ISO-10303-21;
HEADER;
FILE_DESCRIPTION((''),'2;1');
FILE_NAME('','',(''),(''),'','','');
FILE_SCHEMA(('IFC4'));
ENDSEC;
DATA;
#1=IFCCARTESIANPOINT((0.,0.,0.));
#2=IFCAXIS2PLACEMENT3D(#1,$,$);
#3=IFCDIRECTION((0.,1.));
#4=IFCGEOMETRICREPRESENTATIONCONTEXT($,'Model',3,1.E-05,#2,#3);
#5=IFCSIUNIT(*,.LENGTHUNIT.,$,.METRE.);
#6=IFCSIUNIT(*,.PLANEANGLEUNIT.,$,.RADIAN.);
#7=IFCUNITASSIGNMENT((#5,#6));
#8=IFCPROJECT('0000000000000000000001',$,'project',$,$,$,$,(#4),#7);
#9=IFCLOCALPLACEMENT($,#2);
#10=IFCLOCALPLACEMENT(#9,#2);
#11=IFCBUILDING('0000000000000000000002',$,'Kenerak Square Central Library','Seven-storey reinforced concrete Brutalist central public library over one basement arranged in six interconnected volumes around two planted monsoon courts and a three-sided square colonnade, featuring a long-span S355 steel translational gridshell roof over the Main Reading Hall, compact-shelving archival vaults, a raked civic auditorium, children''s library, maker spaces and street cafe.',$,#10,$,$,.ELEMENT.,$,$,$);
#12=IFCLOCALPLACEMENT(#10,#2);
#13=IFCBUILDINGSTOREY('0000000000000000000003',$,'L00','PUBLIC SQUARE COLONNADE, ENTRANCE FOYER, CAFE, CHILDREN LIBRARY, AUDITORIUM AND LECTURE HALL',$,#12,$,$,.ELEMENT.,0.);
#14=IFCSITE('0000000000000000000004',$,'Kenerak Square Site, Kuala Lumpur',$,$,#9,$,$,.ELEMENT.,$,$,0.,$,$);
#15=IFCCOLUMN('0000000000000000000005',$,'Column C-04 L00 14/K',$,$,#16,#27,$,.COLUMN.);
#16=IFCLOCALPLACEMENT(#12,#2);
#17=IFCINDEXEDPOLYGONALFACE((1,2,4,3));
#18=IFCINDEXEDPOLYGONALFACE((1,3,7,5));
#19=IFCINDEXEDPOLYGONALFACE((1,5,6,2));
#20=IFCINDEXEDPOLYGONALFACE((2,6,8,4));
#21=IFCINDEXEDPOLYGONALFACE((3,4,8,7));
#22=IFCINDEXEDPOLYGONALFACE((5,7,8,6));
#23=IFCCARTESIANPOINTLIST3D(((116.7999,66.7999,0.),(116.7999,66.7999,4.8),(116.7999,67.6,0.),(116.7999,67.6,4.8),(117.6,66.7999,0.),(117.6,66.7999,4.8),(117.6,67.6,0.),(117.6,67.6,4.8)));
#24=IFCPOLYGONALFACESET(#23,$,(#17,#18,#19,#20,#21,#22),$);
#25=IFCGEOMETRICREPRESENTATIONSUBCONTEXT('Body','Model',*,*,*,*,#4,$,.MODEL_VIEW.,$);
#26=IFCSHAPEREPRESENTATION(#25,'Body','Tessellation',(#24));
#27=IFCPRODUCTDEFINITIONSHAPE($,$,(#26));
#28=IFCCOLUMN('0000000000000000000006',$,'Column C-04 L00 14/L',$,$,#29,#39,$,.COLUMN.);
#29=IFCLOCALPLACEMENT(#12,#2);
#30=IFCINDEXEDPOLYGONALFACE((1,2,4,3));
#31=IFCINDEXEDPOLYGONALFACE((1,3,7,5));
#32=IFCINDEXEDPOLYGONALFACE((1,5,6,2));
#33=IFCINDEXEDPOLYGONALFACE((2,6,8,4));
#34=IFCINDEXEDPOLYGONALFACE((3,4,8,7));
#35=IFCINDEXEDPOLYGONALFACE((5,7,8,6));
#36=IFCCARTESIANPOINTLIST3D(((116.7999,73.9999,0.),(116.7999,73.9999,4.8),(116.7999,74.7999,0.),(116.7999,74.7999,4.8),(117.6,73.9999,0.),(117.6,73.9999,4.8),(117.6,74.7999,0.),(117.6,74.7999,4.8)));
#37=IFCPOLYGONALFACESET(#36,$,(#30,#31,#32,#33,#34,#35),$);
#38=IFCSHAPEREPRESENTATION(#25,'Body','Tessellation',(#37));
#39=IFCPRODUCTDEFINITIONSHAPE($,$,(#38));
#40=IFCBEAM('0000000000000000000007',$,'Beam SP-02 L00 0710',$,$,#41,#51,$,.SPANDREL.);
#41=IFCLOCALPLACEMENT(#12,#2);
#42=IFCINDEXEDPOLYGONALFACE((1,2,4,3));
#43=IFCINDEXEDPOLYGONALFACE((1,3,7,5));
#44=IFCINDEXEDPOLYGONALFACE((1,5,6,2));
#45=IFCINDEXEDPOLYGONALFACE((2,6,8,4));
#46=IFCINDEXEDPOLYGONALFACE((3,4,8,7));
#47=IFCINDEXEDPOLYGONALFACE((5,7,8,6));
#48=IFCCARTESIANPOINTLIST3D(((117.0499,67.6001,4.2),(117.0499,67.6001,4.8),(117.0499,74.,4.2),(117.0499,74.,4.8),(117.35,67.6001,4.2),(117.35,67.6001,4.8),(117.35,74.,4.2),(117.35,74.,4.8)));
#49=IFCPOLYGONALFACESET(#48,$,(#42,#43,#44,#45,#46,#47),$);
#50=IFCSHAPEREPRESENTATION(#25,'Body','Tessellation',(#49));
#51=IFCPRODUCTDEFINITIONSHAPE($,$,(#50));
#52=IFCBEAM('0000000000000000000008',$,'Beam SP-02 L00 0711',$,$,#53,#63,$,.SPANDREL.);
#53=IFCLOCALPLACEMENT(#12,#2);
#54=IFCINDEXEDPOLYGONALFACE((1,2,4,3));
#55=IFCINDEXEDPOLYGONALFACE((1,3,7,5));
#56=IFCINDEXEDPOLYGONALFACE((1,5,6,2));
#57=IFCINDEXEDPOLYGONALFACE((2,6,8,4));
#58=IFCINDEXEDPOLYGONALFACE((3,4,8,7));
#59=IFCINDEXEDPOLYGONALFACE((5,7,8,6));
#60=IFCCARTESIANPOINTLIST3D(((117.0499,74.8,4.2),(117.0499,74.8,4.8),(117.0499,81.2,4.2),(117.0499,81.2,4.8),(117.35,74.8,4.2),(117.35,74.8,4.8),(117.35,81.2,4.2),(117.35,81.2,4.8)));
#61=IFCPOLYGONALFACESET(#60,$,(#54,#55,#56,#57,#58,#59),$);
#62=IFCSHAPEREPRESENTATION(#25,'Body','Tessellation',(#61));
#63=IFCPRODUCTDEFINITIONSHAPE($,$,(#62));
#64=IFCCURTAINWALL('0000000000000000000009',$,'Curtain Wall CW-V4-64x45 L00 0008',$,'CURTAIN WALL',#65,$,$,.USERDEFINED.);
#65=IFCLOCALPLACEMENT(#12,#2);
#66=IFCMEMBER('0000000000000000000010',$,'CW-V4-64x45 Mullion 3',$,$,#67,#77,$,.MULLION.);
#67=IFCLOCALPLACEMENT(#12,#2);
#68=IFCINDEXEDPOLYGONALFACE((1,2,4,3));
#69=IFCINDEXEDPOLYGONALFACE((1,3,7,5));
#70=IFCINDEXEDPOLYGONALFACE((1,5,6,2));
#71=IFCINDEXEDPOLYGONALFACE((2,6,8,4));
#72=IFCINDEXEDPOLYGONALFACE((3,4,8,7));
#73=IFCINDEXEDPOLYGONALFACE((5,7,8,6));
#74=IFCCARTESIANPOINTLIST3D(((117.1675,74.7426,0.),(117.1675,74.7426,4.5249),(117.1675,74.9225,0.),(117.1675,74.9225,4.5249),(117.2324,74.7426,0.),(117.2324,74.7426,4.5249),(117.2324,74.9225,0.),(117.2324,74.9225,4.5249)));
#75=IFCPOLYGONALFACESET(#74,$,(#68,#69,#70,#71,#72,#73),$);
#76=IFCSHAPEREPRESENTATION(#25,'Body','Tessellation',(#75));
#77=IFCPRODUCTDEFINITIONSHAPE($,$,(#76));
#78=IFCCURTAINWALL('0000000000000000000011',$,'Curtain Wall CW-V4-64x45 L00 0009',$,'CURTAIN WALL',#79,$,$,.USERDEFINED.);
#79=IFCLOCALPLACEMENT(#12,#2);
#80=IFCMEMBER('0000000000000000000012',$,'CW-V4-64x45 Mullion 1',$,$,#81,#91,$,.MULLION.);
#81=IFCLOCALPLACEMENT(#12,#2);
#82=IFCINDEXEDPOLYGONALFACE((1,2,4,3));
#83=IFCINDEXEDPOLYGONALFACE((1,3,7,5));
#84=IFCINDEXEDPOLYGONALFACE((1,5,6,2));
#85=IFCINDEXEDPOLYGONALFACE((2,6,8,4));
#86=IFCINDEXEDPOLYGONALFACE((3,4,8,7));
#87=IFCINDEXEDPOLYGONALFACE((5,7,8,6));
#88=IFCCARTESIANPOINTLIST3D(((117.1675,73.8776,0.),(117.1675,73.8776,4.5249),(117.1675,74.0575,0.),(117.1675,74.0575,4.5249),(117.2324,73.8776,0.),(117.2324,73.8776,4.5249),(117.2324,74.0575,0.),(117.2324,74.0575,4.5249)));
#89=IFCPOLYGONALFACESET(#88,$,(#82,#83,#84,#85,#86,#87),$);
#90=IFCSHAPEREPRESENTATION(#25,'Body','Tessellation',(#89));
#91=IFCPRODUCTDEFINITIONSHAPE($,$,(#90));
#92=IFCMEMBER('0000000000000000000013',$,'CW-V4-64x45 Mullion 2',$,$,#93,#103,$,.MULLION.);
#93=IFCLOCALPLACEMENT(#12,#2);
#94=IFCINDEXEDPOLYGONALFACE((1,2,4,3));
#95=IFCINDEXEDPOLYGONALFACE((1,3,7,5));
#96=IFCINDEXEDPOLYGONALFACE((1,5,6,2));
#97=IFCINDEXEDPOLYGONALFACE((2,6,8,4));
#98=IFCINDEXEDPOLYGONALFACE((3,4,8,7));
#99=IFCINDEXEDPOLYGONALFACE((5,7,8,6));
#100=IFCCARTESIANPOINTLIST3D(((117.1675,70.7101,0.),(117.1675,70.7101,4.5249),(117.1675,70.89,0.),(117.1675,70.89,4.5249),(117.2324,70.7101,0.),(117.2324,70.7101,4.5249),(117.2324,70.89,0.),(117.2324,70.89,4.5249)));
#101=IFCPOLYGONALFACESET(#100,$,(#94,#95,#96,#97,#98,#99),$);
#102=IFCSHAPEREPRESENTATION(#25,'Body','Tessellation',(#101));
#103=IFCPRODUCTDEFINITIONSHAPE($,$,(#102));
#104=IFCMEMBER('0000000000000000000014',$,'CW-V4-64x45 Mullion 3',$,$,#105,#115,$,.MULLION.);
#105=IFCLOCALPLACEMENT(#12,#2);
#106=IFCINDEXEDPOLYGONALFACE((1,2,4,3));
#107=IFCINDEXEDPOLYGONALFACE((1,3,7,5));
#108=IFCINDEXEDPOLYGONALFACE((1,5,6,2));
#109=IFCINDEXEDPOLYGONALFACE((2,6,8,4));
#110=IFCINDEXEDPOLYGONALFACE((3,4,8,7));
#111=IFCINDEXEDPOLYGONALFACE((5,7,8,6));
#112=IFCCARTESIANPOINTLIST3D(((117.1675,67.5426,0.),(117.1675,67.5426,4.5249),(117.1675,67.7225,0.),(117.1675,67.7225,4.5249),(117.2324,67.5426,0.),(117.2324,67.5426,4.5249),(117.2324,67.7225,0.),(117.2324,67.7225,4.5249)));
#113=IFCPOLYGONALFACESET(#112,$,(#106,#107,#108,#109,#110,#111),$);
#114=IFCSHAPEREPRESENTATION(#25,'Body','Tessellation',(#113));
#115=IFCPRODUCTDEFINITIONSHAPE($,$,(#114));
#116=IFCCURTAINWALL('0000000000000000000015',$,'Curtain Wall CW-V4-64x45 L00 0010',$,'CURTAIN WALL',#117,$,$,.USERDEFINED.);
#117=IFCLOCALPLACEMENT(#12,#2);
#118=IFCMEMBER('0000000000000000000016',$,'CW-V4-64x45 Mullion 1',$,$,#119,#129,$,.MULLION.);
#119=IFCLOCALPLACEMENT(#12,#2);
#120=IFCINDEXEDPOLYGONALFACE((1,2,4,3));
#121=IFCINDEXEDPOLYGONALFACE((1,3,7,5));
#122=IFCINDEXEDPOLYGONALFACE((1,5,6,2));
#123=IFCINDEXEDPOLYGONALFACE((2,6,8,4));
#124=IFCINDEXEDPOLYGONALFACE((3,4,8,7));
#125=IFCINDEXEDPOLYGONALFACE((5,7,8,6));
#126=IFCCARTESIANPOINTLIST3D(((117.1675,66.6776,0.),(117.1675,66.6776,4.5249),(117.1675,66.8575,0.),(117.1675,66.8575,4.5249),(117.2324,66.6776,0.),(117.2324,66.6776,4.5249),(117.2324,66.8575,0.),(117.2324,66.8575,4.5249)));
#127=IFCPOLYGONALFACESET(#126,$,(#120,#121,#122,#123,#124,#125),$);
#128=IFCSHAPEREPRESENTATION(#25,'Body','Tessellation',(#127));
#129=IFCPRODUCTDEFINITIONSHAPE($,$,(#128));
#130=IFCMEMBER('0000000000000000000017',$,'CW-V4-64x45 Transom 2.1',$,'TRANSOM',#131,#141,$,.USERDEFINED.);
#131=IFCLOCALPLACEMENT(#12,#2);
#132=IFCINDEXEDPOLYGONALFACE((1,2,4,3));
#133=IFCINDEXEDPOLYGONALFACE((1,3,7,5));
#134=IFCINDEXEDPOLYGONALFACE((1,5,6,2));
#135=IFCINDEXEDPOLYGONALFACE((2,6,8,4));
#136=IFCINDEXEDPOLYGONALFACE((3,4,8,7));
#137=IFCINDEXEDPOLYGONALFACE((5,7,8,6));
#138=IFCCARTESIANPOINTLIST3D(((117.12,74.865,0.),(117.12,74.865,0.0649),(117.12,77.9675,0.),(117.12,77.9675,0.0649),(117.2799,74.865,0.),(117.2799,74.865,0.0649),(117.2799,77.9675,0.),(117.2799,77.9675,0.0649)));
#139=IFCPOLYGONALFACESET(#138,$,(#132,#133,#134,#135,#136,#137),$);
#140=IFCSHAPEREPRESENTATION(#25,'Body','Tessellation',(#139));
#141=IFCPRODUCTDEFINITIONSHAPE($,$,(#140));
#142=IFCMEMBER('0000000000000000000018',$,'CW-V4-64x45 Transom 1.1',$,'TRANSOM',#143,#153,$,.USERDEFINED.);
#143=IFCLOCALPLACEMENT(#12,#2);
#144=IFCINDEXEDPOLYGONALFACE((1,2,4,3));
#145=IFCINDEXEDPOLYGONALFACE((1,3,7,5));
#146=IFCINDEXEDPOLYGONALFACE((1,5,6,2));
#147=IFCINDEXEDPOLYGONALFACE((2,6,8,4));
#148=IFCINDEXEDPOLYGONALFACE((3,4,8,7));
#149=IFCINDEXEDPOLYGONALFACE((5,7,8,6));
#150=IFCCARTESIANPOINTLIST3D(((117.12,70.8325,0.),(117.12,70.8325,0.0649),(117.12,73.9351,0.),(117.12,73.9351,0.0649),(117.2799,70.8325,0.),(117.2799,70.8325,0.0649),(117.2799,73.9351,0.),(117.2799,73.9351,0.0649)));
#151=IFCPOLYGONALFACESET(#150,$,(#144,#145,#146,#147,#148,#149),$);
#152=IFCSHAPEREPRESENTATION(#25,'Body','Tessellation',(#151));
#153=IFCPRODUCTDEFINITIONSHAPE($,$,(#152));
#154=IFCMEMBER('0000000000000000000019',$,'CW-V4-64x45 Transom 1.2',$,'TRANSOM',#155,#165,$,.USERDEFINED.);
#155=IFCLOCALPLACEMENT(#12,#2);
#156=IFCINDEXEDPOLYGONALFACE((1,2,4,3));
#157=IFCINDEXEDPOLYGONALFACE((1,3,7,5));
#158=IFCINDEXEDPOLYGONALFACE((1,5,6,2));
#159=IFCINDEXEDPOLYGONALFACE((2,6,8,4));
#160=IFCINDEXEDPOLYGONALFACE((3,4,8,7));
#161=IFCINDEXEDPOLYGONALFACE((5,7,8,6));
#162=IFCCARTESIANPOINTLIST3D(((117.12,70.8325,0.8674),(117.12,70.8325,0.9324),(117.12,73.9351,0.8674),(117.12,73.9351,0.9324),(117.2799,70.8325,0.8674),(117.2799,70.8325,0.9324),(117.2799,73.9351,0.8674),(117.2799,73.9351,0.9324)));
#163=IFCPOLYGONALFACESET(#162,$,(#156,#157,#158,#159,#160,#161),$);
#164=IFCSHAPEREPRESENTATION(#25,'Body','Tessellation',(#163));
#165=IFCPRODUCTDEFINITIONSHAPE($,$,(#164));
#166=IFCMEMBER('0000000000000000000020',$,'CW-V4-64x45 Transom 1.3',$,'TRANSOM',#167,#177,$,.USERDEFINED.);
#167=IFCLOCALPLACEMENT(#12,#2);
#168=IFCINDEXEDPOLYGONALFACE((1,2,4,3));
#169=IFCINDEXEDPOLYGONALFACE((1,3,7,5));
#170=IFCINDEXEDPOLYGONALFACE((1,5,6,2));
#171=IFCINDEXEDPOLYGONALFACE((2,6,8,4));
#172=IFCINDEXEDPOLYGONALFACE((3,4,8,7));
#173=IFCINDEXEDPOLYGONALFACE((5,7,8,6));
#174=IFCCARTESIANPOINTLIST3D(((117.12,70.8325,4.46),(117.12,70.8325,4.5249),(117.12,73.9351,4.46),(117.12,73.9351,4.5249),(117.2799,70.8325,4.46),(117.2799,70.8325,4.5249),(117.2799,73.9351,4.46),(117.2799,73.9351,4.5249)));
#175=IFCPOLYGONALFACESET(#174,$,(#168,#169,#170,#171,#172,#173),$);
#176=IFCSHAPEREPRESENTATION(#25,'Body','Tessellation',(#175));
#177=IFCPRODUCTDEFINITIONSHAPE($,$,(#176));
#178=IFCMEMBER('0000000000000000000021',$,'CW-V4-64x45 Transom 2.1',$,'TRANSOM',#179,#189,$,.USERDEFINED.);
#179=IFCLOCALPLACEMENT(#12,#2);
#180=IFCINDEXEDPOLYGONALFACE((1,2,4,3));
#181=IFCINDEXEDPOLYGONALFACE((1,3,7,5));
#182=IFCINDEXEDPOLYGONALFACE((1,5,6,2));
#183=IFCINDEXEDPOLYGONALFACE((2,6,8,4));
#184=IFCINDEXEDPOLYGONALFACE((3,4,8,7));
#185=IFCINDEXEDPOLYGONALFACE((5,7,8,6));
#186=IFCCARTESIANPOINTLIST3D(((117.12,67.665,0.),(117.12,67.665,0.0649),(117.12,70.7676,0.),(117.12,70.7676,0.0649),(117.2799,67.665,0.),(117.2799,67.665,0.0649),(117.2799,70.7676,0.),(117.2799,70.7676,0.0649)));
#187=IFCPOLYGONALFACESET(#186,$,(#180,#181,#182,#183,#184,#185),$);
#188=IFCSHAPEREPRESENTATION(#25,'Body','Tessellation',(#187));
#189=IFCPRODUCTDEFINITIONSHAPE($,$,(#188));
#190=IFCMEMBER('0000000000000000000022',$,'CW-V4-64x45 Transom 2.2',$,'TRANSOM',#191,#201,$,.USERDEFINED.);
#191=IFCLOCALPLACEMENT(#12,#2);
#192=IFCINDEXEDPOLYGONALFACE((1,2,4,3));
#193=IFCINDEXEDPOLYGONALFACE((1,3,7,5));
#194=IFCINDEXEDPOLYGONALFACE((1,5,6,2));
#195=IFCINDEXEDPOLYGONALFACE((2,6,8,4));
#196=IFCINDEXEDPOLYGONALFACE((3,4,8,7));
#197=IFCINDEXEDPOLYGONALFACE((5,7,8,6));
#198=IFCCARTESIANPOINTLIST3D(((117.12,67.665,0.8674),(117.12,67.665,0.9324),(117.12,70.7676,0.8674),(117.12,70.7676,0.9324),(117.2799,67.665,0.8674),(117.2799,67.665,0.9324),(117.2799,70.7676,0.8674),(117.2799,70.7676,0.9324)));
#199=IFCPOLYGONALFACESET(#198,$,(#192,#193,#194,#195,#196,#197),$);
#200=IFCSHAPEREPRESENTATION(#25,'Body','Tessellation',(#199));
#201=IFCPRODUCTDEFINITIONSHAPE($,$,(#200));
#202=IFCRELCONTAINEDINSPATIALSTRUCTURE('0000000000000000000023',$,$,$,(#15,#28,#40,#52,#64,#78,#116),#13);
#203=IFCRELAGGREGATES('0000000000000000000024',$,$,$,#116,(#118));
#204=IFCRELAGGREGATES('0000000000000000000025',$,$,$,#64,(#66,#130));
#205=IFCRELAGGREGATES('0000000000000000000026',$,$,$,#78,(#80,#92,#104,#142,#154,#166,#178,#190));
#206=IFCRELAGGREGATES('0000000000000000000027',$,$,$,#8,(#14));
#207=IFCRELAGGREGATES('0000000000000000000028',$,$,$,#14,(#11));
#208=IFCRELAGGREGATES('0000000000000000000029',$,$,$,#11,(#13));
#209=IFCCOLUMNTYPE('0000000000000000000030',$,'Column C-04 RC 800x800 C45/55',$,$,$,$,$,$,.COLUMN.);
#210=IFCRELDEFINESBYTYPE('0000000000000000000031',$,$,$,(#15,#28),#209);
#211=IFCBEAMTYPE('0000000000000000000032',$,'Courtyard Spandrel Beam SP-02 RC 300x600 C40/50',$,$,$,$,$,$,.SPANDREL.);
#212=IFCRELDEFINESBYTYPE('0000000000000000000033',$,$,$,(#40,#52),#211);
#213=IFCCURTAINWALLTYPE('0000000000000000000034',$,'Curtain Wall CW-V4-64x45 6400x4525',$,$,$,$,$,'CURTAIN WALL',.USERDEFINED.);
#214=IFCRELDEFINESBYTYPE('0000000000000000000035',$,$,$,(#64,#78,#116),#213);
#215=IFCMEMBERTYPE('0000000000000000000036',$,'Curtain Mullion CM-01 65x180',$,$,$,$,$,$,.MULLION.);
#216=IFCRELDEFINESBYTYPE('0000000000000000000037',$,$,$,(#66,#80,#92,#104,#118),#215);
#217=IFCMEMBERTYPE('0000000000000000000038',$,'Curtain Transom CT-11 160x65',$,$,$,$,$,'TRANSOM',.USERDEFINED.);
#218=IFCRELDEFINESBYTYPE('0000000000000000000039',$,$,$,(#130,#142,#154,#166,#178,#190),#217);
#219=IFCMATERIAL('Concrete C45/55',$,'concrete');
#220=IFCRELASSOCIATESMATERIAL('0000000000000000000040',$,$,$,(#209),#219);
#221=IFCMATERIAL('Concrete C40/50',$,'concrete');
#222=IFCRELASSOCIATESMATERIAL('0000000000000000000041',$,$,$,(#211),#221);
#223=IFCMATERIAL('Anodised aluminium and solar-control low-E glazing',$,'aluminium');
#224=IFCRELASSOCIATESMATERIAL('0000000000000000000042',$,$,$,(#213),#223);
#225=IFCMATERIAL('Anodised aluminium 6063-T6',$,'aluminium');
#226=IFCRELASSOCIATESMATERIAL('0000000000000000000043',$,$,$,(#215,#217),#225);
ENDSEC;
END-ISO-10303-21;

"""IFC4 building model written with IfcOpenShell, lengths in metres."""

from ifc_helpers import new_model, si_unit, direction, frame, origin, origin_2d, place, context, subcontext, project, spatial, rectangle, extrude, material, material_profile, profile_set, type_object, element, aggregate, save


model = new_model("IFC4")

# Units and contexts
model_context = context("Model", 3, precision=1e-05, world=origin(), true_north=direction((0.0, 1.0)))
body_context = subcontext(model_context, "Body", "Model", "MODEL_VIEW")
ifc_project = project(units=[si_unit("LENGTHUNIT", "METRE"), si_unit("PLANEANGLEUNIT", "RADIAN")], contexts=[model_context])

# Site, building, storey
site_placement = place(None, origin())
site = spatial("IfcSite", under=ifc_project, at=site_placement, Name="Kenerak Square Site, Kuala Lumpur", CompositionType="ELEMENT", RefElevation=0.0)
building_placement = place(site_placement, origin())
building = spatial("IfcBuilding", under=site, at=building_placement, Name="Kenerak Square Central Library", Description="Seven-storey reinforced concrete Brutalist central public library over one basement arranged in six interconnected volumes around two planted monsoon courts and a three-sided square colonnade, featuring a long-span S355 steel translational gridshell roof over the Main Reading Hall, compact-shelving archival vaults, a raked civic auditorium, children's library, maker spaces and street cafe.", CompositionType="ELEMENT")
storey_placement = place(building_placement, origin())
storey = spatial("IfcBuildingStorey", under=building, at=storey_placement, Name="L00", Description="PUBLIC SQUARE COLONNADE, ENTRANCE FOYER, CAFE, CHILDREN LIBRARY, AUDITORIUM AND LECTURE HALL", CompositionType="ELEMENT", Elevation=0.0)

# Columns
ifc_material_1 = material(Name="Concrete C45/55", Category="concrete")
ifc_material_profile_1 = material_profile(ifc_material_1, rectangle(XDim=0.8, YDim=0.8, at=origin_2d()), Name="RC 800x800")
ifc_profile_set_1 = profile_set([ifc_material_profile_1], Name="Concrete C45/55")
column_type = type_object("IfcColumnType", Name="Column C-04 RC 800x800 C45/55", PredefinedType="COLUMN", material=ifc_profile_set_1)
for number, where, z_axis, x_axis, name in (
    (1, (117.2, 67.2, 0.0), (0.0, 0.0, 1.0), (1.0, 0.0, 0.0), "Column C-04 L00 14/K"),
    (2, (117.2, 74.3999, 0.0), (0.0, 0.0, 1.0), (1.0, 0.0, 0.0), "Column C-04 L00 14/L"),
):
    element("IfcColumn", number, at=place(storey_placement, frame(where, z_axis=z_axis, x_axis=x_axis)), inside=storey, type_object=column_type, Name=name, PredefinedType="COLUMN", context=body_context, shape_type="SweptSolid", body=[
        extrude(rectangle(XDim=0.8, YDim=0.8, at=origin_2d()), origin(), (0.0, 0.0, 1.0), 4.8),
    ])

# Beams
ifc_material_2 = material(Name="Concrete C40/50", Category="concrete")
ifc_material_profile_2 = material_profile(ifc_material_2, rectangle(XDim=0.3, YDim=0.6001, at=origin_2d()), Name="RC 300x600")
ifc_profile_set_2 = profile_set([ifc_material_profile_2], Name="Concrete C40/50")
beam_type = type_object("IfcBeamType", Name="Courtyard Spandrel Beam SP-02 RC 300x600 C40/50", PredefinedType="SPANDREL", material=ifc_profile_set_2)
for number, where, z_axis, x_axis, name in (
    (3, (117.2, 67.6001, 4.5), (0.0, 1.0, 0.0), (-1.0, 0.0, 0.0), "Beam SP-02 L00 0710"),
    (4, (117.2, 74.8, 4.5), (0.0, 1.0, 0.0), (-1.0, 0.0, 0.0), "Beam SP-02 L00 0711"),
):
    element("IfcBeam", number, at=place(storey_placement, frame(where, z_axis=z_axis, x_axis=x_axis)), inside=storey, type_object=beam_type, Name=name, PredefinedType="SPANDREL", context=body_context, shape_type="SweptSolid", body=[
        extrude(rectangle(XDim=0.3, YDim=0.6001, at=origin_2d()), origin(), (0.0, 0.0, 1.0), 6.3999),
    ])

# Curtain wall, member
ifc_material_3 = material(Name="Anodised aluminium and solar-control low-E glazing", Category="aluminium")
curtain_wall_type = type_object("IfcCurtainWallType", Name="Curtain Wall CW-V4-64x45 6400x4525", ElementType="CURTAIN WALL", PredefinedType="USERDEFINED", material=ifc_material_3)
curtain_wall_1_placement = place(storey_placement, origin())
curtain_wall_1 = element("IfcCurtainWall", 5, at=curtain_wall_1_placement, inside=storey, type_object=curtain_wall_type, Name="Curtain Wall CW-V4-64x45 L00 0008", ObjectType="CURTAIN WALL", PredefinedType="USERDEFINED")
ifc_material_4 = material(Name="Anodised aluminium 6063-T6", Category="aluminium")
ifc_material_profile_3 = material_profile(ifc_material_4, rectangle(XDim=0.0649, YDim=0.1799, at=origin_2d()), Name="AL MULLION 65x180")
ifc_profile_set_3 = profile_set([ifc_material_profile_3], Name="Anodised aluminium 6063-T6")
member_type_1 = type_object("IfcMemberType", Name="Curtain Mullion CM-01 65x180", PredefinedType="MULLION", material=ifc_profile_set_3)
member_1_placement = place(storey_placement, frame((117.2, 74.8325, 0.0), z_axis=(0.0, 0.0, 1.0), x_axis=(1.0, 0.0, 0.0)))
member_1 = element("IfcMember", 6, at=member_1_placement, type_object=member_type_1, Name="CW-V4-64x45 Mullion 3", PredefinedType="MULLION", context=body_context, shape_type="SweptSolid", body=[
    extrude(rectangle(XDim=0.0649, YDim=0.1799, at=origin_2d()), origin(), (0.0, 0.0, 1.0), 4.5249),
])

# Curtain wall, members
curtain_wall_2_placement = place(storey_placement, origin())
curtain_wall_2 = element("IfcCurtainWall", 7, at=curtain_wall_2_placement, inside=storey, type_object=curtain_wall_type, Name="Curtain Wall CW-V4-64x45 L00 0009", ObjectType="CURTAIN WALL", PredefinedType="USERDEFINED")
member_2_placement = place(storey_placement, frame((117.2, 73.9675, 0.0), z_axis=(0.0, 0.0, 1.0), x_axis=(1.0, 0.0, 0.0)))
member_2 = element("IfcMember", 8, at=member_2_placement, type_object=member_type_1, Name="CW-V4-64x45 Mullion 1", PredefinedType="MULLION", context=body_context, shape_type="SweptSolid", body=[
    extrude(rectangle(XDim=0.0649, YDim=0.1799, at=origin_2d()), origin(), (0.0, 0.0, 1.0), 4.5249),
])
member_3_placement = place(storey_placement, frame((117.2, 70.8, 0.0), z_axis=(0.0, 0.0, 1.0), x_axis=(1.0, 0.0, 0.0)))
member_3 = element("IfcMember", 9, at=member_3_placement, type_object=member_type_1, Name="CW-V4-64x45 Mullion 2", PredefinedType="MULLION", context=body_context, shape_type="SweptSolid", body=[
    extrude(rectangle(XDim=0.0649, YDim=0.1799, at=origin_2d()), origin(), (0.0, 0.0, 1.0), 4.5249),
])
member_4_placement = place(storey_placement, frame((117.2, 67.6326, 0.0), z_axis=(0.0, 0.0, 1.0), x_axis=(1.0, 0.0, 0.0)))
member_4 = element("IfcMember", 10, at=member_4_placement, type_object=member_type_1, Name="CW-V4-64x45 Mullion 3", PredefinedType="MULLION", context=body_context, shape_type="SweptSolid", body=[
    extrude(rectangle(XDim=0.0649, YDim=0.1799, at=origin_2d()), origin(), (0.0, 0.0, 1.0), 4.5249),
])

# Curtain wall, member
curtain_wall_3_placement = place(storey_placement, origin())
curtain_wall_3 = element("IfcCurtainWall", 11, at=curtain_wall_3_placement, inside=storey, type_object=curtain_wall_type, Name="Curtain Wall CW-V4-64x45 L00 0010", ObjectType="CURTAIN WALL", PredefinedType="USERDEFINED")
member_5_placement = place(storey_placement, frame((117.2, 66.7676, 0.0), z_axis=(0.0, 0.0, 1.0), x_axis=(1.0, 0.0, 0.0)))
member_5 = element("IfcMember", 12, at=member_5_placement, type_object=member_type_1, Name="CW-V4-64x45 Mullion 1", PredefinedType="MULLION", context=body_context, shape_type="SweptSolid", body=[
    extrude(rectangle(XDim=0.0649, YDim=0.1799, at=origin_2d()), origin(), (0.0, 0.0, 1.0), 4.5249),
])
aggregate(curtain_wall_3, [member_5])

# Members
ifc_material_profile_4 = material_profile(ifc_material_4, rectangle(XDim=0.1599, YDim=0.0649, at=origin_2d()), Name="AL TRANSOM 160x65")
ifc_profile_set_4 = profile_set([ifc_material_profile_4], Name="Anodised aluminium 6063-T6")
member_type_2 = type_object("IfcMemberType", Name="Curtain Transom CT-11 160x65", ElementType="TRANSOM", PredefinedType="USERDEFINED", material=ifc_profile_set_4)
member_6_placement = place(storey_placement, frame((117.2, 77.9675, 0.0325), z_axis=(0.0, -1.0, 0.0), x_axis=(1.0, 0.0, 0.0)))
member_6 = element("IfcMember", 13, at=member_6_placement, type_object=member_type_2, Name="CW-V4-64x45 Transom 2.1", ObjectType="TRANSOM", PredefinedType="USERDEFINED", context=body_context, shape_type="SweptSolid", body=[
    extrude(rectangle(XDim=0.1599, YDim=0.0649, at=origin_2d()), origin(), (0.0, 0.0, 1.0), 3.1025),
])
member_7_placement = place(storey_placement, frame((117.2, 73.9351, 0.0325), z_axis=(0.0, -1.0, 0.0), x_axis=(1.0, 0.0, 0.0)))
member_7 = element("IfcMember", 14, at=member_7_placement, type_object=member_type_2, Name="CW-V4-64x45 Transom 1.1", ObjectType="TRANSOM", PredefinedType="USERDEFINED", context=body_context, shape_type="SweptSolid", body=[
    extrude(rectangle(XDim=0.1599, YDim=0.0649, at=origin_2d()), origin(), (0.0, 0.0, 1.0), 3.1025),
])
member_8_placement = place(storey_placement, frame((117.2, 73.9351, 0.8999), z_axis=(0.0, -1.0, 0.0), x_axis=(1.0, 0.0, 0.0)))
member_8 = element("IfcMember", 15, at=member_8_placement, type_object=member_type_2, Name="CW-V4-64x45 Transom 1.2", ObjectType="TRANSOM", PredefinedType="USERDEFINED", context=body_context, shape_type="SweptSolid", body=[
    extrude(rectangle(XDim=0.1599, YDim=0.0649, at=origin_2d()), origin(), (0.0, 0.0, 1.0), 3.1025),
])
member_9_placement = place(storey_placement, frame((117.2, 73.9351, 4.4924), z_axis=(0.0, -1.0, 0.0), x_axis=(1.0, 0.0, 0.0)))
member_9 = element("IfcMember", 16, at=member_9_placement, type_object=member_type_2, Name="CW-V4-64x45 Transom 1.3", ObjectType="TRANSOM", PredefinedType="USERDEFINED", context=body_context, shape_type="SweptSolid", body=[
    extrude(rectangle(XDim=0.1599, YDim=0.0649, at=origin_2d()), origin(), (0.0, 0.0, 1.0), 3.1025),
])
member_10_placement = place(storey_placement, frame((117.2, 70.7676, 0.0325), z_axis=(0.0, -1.0, 0.0), x_axis=(1.0, 0.0, 0.0)))
member_10 = element("IfcMember", 17, at=member_10_placement, type_object=member_type_2, Name="CW-V4-64x45 Transom 2.1", ObjectType="TRANSOM", PredefinedType="USERDEFINED", context=body_context, shape_type="SweptSolid", body=[
    extrude(rectangle(XDim=0.1599, YDim=0.0649, at=origin_2d()), origin(), (0.0, 0.0, 1.0), 3.1025),
])
member_11_placement = place(storey_placement, frame((117.2, 70.7676, 0.8999), z_axis=(0.0, -1.0, 0.0), x_axis=(1.0, 0.0, 0.0)))
member_11 = element("IfcMember", 18, at=member_11_placement, type_object=member_type_2, Name="CW-V4-64x45 Transom 2.2", ObjectType="TRANSOM", PredefinedType="USERDEFINED", context=body_context, shape_type="SweptSolid", body=[
    extrude(rectangle(XDim=0.1599, YDim=0.0649, at=origin_2d()), origin(), (0.0, 0.0, 1.0), 3.1025),
])

aggregate(curtain_wall_1, [member_1, member_6])
aggregate(curtain_wall_2, [member_2, member_3, member_4, member_7, member_8, member_9, member_10, member_11])

save(model, "model.ifc")
